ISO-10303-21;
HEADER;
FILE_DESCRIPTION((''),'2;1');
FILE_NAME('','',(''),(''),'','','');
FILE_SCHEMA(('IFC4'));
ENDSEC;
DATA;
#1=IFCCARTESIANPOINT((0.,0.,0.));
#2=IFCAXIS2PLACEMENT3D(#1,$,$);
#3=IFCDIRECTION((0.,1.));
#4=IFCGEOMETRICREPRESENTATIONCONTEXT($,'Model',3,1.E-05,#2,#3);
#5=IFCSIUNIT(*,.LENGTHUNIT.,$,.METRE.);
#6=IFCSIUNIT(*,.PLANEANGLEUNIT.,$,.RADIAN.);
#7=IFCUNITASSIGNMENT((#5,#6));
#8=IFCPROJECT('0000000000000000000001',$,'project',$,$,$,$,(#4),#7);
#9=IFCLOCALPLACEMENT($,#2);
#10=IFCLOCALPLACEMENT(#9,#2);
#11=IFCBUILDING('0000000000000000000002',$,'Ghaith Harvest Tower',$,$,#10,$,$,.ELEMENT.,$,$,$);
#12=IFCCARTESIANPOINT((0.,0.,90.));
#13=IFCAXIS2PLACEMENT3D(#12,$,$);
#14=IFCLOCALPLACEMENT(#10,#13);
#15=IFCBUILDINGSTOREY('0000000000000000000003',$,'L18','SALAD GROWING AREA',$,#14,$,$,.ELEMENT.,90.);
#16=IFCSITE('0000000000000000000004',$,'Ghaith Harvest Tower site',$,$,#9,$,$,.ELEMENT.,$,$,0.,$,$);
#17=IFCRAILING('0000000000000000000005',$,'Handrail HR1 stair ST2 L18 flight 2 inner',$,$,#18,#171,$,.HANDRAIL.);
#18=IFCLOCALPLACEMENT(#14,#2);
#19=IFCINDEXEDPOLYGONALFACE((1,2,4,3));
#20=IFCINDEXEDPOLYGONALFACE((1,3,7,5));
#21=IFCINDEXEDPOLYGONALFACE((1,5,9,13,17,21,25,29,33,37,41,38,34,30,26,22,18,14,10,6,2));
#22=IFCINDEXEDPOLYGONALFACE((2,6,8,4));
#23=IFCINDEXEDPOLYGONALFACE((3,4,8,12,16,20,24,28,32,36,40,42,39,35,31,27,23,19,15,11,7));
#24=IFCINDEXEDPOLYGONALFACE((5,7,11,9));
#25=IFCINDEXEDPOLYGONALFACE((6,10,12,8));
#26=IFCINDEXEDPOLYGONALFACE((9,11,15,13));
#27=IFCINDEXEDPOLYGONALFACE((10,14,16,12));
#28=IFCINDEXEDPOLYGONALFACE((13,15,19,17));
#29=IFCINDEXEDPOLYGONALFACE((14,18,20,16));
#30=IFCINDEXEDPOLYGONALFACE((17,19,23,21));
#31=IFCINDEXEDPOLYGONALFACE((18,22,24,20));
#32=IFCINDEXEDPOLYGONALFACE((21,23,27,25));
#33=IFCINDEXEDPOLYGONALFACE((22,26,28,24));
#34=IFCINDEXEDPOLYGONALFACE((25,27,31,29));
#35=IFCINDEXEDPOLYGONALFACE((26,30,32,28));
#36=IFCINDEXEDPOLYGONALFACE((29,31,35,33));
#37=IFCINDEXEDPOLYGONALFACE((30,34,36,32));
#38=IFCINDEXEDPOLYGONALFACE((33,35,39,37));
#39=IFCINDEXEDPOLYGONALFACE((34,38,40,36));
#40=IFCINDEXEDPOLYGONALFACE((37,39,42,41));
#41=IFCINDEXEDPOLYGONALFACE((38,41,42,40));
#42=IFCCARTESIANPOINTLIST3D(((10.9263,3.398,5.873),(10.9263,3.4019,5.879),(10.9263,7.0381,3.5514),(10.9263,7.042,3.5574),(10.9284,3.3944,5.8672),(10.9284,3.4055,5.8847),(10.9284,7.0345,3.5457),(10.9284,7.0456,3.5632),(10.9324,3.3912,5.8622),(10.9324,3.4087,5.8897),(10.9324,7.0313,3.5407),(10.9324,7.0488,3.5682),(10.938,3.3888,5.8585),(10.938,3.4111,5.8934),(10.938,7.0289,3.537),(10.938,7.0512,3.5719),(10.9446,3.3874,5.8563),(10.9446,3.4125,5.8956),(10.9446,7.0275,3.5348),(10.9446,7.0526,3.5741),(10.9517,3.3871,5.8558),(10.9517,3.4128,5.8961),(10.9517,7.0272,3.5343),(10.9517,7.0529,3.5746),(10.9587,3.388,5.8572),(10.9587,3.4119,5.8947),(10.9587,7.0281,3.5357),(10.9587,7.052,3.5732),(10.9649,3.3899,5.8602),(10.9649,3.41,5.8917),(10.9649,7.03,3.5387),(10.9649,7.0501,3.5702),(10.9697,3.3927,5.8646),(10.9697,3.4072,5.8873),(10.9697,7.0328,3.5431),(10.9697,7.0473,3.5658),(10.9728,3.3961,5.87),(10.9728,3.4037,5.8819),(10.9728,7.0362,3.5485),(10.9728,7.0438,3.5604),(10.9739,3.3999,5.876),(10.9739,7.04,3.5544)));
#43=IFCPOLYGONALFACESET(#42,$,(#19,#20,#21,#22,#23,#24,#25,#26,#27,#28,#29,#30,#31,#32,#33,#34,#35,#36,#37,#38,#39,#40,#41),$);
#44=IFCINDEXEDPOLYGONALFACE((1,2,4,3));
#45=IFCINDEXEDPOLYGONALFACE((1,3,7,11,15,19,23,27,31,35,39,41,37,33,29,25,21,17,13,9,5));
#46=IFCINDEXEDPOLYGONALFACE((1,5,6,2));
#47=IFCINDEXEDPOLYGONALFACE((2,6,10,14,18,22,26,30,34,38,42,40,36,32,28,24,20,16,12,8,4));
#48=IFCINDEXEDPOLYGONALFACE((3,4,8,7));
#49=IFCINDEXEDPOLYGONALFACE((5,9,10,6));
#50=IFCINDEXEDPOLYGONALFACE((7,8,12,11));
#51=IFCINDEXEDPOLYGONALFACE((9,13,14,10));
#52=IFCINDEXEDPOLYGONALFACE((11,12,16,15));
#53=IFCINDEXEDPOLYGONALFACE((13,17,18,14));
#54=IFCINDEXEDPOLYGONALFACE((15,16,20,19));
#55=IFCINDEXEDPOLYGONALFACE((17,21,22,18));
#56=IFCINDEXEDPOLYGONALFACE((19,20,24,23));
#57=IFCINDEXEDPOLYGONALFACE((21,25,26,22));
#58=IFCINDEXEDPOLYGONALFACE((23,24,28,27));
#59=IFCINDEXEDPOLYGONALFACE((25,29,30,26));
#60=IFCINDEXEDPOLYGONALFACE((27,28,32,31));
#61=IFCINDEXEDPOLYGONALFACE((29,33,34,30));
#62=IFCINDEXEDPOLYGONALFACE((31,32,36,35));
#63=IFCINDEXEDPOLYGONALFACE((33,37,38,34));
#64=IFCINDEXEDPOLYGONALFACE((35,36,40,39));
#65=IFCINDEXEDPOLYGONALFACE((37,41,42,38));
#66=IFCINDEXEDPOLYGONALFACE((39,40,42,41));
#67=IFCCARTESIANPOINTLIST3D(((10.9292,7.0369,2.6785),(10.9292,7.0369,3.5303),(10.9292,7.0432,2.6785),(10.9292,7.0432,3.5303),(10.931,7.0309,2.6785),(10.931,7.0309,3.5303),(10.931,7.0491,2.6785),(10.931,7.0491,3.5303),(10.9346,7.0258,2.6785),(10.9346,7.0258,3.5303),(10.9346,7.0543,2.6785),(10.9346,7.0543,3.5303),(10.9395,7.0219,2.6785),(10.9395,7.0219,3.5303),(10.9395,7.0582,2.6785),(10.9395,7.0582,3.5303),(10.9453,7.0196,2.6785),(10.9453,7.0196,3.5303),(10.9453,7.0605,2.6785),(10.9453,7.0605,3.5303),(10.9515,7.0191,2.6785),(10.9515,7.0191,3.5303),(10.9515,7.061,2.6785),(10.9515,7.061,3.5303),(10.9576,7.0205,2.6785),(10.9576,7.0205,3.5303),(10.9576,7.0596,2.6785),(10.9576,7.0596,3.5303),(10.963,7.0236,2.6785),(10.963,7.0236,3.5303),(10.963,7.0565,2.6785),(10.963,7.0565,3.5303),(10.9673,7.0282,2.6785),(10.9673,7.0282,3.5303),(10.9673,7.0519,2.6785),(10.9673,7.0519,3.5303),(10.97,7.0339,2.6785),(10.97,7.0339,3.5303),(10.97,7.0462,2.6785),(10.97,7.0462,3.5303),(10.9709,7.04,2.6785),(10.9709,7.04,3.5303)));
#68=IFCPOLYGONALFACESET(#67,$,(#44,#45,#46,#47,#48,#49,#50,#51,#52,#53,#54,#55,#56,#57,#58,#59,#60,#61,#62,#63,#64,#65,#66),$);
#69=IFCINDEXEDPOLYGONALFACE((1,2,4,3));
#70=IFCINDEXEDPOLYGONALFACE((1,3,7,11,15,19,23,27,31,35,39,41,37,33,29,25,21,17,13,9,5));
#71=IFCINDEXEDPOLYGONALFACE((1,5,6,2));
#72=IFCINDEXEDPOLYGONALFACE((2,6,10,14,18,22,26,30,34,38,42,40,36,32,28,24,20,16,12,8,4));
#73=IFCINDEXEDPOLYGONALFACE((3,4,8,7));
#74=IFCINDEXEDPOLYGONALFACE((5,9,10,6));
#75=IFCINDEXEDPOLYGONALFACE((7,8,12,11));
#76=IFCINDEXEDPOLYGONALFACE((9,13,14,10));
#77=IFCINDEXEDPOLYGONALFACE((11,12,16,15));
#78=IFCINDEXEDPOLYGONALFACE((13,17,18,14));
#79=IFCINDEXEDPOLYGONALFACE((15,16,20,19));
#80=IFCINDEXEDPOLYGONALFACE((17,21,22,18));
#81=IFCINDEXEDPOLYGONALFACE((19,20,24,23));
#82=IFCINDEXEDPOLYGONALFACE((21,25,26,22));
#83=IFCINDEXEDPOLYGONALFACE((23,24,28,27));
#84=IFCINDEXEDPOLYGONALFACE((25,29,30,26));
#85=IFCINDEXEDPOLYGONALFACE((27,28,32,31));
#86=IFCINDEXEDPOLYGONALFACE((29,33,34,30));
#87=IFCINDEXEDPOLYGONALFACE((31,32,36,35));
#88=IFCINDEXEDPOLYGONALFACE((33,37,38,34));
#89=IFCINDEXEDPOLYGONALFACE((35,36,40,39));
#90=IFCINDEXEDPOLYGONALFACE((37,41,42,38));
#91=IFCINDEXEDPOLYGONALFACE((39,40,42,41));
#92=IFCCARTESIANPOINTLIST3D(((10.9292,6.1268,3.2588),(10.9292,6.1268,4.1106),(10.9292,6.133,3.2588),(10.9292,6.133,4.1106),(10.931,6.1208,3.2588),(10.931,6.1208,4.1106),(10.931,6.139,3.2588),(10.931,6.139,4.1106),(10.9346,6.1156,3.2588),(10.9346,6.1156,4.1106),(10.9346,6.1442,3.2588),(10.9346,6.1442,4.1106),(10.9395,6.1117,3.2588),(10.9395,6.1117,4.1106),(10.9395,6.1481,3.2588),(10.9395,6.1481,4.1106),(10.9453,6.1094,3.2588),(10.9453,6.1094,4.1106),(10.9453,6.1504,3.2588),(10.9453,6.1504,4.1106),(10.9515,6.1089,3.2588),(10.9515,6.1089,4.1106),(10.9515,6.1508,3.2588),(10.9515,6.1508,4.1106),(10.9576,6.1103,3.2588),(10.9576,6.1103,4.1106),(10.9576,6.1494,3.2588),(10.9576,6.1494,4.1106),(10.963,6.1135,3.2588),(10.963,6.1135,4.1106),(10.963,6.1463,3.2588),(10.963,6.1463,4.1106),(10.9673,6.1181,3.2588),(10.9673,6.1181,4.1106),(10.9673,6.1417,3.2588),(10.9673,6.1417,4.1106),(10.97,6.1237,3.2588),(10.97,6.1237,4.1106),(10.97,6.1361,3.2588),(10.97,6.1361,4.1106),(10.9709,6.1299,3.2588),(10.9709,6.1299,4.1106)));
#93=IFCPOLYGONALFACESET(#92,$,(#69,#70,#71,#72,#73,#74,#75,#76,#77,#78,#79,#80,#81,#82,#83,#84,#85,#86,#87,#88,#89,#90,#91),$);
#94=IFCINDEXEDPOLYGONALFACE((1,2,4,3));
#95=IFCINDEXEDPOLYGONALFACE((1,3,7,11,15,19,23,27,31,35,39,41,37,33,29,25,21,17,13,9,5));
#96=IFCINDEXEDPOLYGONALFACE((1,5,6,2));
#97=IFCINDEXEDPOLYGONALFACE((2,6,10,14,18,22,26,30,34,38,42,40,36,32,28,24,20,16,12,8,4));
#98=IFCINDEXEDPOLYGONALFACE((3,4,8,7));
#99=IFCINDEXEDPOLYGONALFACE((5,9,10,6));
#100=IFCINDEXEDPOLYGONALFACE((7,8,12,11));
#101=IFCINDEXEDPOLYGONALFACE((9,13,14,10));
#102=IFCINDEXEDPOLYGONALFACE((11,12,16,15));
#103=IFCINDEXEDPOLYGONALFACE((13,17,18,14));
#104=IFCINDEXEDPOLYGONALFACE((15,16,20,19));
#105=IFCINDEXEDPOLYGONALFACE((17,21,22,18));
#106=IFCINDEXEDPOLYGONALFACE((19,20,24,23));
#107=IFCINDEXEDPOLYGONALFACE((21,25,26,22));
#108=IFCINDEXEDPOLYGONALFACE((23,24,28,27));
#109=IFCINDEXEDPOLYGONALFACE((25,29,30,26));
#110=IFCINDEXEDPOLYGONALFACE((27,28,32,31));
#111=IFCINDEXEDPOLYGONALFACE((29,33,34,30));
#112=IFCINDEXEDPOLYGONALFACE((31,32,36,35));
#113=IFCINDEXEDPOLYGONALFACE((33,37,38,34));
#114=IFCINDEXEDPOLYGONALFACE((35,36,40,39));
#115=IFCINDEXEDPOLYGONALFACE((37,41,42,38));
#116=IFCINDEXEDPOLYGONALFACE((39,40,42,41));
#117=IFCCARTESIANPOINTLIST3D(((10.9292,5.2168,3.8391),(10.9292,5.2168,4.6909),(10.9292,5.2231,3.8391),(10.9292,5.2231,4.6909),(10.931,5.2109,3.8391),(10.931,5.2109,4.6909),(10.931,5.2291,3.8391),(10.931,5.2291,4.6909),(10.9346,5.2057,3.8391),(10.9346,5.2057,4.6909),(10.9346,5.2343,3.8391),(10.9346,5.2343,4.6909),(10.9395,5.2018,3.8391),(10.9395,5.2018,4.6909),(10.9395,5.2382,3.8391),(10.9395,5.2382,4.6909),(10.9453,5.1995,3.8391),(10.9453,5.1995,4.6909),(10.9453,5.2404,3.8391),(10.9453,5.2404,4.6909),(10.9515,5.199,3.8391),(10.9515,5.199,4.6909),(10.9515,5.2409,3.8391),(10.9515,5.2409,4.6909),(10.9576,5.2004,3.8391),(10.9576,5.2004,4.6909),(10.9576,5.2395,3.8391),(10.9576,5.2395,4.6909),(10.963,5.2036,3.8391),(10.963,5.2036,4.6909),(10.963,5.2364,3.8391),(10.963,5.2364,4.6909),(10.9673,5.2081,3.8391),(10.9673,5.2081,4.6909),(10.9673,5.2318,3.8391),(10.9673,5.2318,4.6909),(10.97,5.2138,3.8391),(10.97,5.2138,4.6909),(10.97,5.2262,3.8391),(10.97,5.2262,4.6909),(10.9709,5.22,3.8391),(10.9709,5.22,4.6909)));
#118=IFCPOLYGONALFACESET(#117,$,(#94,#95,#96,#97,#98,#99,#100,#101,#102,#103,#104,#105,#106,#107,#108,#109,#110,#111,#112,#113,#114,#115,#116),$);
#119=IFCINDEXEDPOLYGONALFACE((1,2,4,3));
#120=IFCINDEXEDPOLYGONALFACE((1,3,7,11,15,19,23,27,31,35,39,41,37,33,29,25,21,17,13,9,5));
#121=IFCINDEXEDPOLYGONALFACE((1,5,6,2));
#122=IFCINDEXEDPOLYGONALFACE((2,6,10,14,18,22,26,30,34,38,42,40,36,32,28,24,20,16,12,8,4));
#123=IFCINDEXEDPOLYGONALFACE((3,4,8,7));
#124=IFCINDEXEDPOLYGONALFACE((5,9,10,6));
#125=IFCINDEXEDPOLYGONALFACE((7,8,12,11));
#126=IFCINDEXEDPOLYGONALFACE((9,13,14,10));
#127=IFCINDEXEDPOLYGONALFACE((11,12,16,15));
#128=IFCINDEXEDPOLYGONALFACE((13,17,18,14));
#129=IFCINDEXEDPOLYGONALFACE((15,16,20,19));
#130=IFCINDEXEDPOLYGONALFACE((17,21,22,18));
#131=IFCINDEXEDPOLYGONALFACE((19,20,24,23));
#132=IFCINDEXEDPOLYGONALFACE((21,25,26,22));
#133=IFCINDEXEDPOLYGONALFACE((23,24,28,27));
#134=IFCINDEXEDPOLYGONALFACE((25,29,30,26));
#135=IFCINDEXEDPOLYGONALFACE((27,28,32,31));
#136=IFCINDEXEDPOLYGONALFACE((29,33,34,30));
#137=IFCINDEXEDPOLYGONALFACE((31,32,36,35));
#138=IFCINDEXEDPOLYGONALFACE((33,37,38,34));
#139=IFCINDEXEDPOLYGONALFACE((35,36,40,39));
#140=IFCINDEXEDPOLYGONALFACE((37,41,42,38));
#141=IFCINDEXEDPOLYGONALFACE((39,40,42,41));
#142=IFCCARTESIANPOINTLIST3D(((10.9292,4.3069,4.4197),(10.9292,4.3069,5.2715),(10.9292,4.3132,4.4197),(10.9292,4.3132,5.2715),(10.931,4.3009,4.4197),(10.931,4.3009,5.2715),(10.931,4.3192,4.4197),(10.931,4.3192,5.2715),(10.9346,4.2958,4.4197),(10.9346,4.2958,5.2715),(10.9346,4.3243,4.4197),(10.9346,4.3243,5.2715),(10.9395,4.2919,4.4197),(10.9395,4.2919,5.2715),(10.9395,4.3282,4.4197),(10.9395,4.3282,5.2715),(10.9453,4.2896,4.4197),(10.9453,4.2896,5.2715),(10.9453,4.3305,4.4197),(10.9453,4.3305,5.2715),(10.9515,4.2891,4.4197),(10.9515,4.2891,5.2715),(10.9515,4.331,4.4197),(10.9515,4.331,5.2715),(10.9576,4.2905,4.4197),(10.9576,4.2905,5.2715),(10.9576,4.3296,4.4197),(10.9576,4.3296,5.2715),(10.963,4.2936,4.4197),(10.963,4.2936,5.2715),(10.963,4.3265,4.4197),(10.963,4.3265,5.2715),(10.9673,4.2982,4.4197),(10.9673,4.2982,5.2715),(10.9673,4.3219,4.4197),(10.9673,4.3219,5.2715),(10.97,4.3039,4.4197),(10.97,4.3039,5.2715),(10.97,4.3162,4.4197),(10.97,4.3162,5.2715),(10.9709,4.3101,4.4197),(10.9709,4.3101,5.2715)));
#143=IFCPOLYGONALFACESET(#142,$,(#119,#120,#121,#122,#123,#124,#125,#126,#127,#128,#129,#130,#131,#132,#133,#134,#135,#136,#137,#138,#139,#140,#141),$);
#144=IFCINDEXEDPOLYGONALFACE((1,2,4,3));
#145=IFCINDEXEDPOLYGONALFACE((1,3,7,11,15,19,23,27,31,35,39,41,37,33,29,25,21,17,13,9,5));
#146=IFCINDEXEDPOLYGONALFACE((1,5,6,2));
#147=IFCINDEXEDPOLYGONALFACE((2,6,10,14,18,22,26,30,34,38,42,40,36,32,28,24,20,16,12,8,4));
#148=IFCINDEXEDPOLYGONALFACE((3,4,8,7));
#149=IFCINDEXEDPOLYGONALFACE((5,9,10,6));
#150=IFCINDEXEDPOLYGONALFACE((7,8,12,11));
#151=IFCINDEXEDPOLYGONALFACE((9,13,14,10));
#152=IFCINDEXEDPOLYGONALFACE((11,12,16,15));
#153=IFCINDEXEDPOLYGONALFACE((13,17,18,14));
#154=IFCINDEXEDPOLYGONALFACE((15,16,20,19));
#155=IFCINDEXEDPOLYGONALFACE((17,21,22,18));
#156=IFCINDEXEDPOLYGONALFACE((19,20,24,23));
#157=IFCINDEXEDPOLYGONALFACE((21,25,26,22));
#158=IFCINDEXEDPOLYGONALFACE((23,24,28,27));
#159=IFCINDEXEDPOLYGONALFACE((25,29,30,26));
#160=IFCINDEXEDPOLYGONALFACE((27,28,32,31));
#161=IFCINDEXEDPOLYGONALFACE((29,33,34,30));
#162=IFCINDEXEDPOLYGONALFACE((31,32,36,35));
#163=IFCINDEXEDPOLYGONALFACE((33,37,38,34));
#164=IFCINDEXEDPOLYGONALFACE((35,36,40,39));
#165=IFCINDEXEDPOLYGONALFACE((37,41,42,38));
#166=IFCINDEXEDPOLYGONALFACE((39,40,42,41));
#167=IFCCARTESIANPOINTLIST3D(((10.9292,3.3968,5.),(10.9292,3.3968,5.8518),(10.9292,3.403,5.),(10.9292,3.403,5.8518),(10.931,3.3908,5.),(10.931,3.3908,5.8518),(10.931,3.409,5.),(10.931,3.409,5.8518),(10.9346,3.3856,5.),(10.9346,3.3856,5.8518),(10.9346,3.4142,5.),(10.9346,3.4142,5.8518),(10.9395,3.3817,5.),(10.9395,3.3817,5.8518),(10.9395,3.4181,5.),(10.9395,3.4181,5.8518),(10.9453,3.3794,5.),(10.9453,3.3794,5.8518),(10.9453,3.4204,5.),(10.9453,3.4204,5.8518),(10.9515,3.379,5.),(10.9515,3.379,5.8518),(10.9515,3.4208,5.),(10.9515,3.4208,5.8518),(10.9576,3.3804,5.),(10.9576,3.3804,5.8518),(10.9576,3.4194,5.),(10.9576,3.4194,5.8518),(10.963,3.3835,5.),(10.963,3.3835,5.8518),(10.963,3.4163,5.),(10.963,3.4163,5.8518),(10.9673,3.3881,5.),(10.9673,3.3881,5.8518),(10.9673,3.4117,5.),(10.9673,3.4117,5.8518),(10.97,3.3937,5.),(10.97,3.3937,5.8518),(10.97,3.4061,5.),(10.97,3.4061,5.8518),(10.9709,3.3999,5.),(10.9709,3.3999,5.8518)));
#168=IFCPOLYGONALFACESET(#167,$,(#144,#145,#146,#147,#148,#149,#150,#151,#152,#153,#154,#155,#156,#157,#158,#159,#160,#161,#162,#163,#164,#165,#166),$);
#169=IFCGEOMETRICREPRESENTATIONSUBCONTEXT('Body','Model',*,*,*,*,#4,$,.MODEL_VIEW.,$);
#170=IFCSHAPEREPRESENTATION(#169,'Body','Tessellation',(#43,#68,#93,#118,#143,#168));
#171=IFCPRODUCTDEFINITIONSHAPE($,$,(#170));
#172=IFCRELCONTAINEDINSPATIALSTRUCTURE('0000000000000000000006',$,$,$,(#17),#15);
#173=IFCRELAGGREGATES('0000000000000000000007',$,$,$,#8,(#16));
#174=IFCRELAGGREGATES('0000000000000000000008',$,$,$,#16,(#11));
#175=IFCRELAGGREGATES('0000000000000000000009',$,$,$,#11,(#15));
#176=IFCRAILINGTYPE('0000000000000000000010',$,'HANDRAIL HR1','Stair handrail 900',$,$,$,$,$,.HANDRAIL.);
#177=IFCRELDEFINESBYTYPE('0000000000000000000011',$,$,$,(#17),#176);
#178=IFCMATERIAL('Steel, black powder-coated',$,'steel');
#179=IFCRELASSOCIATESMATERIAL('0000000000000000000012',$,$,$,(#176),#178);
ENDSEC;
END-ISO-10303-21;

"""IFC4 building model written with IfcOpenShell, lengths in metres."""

from ifc_helpers import new_model, si_unit, direction, frame, origin, origin_2d, place, context, subcontext, project, spatial, circle, extrude, material, type_object, element, save


model = new_model("IFC4")

# Units and contexts
model_context = context("Model", 3, precision=1e-05, world=origin(), true_north=direction((0.0, 1.0)))
body_context = subcontext(model_context, "Body", "Model", "MODEL_VIEW")
ifc_project = project(units=[si_unit("LENGTHUNIT", "METRE"), si_unit("PLANEANGLEUNIT", "RADIAN")], contexts=[model_context])

# Site, building, storey
site_placement = place(None, origin())
site = spatial("IfcSite", under=ifc_project, at=site_placement, Name="Ghaith Harvest Tower site", CompositionType="ELEMENT", RefElevation=0.0)
building_placement = place(site_placement, origin())
building = spatial("IfcBuilding", under=site, at=building_placement, Name="Ghaith Harvest Tower", CompositionType="ELEMENT")
storey_placement = place(building_placement, frame((0.0, 0.0, 90.0)))
storey = spatial("IfcBuildingStorey", under=building, at=storey_placement, Name="L18", Description="SALAD GROWING AREA", CompositionType="ELEMENT", Elevation=90.0)

# Railing
ifc_material_1 = material(Name="Steel, black powder-coated", Category="steel")
railing_type = type_object("IfcRailingType", Name="HANDRAIL HR1", Description="Stair handrail 900", PredefinedType="HANDRAIL", material=ifc_material_1)
railing_1_placement = place(storey_placement, frame((10.95, 7.04, 2.6785)))
element("IfcRailing", 1, at=railing_1_placement, inside=storey, type_object=railing_type, Name="Handrail HR1 stair ST2 L18 flight 2 inner", PredefinedType="HANDRAIL", context=body_context, shape_type="SweptSolid", body=[
    extrude(circle(Radius=0.0239, at=origin_2d()), frame((0.0, 0.0, 0.876), z_axis=(0.0, -0.843128, 0.537713), x_axis=(1.0, 0.0, 0.0)), (0.0, 0.0, 1.0), 4.3174),
    extrude(circle(Radius=0.021, at=origin_2d()), origin(), (0.0, 0.0, 1.0), 0.8518),
    extrude(circle(Radius=0.021, at=origin_2d()), frame((0.0, -0.9102, 0.5803)), (0.0, 0.0, 1.0), 0.8518),
    extrude(circle(Radius=0.021, at=origin_2d()), frame((0.0, -1.8201, 1.1606)), (0.0, 0.0, 1.0), 0.8518),
    extrude(circle(Radius=0.021, at=origin_2d()), frame((0.0, -2.73, 1.7412)), (0.0, 0.0, 1.0), 0.8518),
    extrude(circle(Radius=0.021, at=origin_2d()), frame((0.0, -3.6401, 2.3215)), (0.0, 0.0, 1.0), 0.8518),
])

save(model, "model.ifc")
